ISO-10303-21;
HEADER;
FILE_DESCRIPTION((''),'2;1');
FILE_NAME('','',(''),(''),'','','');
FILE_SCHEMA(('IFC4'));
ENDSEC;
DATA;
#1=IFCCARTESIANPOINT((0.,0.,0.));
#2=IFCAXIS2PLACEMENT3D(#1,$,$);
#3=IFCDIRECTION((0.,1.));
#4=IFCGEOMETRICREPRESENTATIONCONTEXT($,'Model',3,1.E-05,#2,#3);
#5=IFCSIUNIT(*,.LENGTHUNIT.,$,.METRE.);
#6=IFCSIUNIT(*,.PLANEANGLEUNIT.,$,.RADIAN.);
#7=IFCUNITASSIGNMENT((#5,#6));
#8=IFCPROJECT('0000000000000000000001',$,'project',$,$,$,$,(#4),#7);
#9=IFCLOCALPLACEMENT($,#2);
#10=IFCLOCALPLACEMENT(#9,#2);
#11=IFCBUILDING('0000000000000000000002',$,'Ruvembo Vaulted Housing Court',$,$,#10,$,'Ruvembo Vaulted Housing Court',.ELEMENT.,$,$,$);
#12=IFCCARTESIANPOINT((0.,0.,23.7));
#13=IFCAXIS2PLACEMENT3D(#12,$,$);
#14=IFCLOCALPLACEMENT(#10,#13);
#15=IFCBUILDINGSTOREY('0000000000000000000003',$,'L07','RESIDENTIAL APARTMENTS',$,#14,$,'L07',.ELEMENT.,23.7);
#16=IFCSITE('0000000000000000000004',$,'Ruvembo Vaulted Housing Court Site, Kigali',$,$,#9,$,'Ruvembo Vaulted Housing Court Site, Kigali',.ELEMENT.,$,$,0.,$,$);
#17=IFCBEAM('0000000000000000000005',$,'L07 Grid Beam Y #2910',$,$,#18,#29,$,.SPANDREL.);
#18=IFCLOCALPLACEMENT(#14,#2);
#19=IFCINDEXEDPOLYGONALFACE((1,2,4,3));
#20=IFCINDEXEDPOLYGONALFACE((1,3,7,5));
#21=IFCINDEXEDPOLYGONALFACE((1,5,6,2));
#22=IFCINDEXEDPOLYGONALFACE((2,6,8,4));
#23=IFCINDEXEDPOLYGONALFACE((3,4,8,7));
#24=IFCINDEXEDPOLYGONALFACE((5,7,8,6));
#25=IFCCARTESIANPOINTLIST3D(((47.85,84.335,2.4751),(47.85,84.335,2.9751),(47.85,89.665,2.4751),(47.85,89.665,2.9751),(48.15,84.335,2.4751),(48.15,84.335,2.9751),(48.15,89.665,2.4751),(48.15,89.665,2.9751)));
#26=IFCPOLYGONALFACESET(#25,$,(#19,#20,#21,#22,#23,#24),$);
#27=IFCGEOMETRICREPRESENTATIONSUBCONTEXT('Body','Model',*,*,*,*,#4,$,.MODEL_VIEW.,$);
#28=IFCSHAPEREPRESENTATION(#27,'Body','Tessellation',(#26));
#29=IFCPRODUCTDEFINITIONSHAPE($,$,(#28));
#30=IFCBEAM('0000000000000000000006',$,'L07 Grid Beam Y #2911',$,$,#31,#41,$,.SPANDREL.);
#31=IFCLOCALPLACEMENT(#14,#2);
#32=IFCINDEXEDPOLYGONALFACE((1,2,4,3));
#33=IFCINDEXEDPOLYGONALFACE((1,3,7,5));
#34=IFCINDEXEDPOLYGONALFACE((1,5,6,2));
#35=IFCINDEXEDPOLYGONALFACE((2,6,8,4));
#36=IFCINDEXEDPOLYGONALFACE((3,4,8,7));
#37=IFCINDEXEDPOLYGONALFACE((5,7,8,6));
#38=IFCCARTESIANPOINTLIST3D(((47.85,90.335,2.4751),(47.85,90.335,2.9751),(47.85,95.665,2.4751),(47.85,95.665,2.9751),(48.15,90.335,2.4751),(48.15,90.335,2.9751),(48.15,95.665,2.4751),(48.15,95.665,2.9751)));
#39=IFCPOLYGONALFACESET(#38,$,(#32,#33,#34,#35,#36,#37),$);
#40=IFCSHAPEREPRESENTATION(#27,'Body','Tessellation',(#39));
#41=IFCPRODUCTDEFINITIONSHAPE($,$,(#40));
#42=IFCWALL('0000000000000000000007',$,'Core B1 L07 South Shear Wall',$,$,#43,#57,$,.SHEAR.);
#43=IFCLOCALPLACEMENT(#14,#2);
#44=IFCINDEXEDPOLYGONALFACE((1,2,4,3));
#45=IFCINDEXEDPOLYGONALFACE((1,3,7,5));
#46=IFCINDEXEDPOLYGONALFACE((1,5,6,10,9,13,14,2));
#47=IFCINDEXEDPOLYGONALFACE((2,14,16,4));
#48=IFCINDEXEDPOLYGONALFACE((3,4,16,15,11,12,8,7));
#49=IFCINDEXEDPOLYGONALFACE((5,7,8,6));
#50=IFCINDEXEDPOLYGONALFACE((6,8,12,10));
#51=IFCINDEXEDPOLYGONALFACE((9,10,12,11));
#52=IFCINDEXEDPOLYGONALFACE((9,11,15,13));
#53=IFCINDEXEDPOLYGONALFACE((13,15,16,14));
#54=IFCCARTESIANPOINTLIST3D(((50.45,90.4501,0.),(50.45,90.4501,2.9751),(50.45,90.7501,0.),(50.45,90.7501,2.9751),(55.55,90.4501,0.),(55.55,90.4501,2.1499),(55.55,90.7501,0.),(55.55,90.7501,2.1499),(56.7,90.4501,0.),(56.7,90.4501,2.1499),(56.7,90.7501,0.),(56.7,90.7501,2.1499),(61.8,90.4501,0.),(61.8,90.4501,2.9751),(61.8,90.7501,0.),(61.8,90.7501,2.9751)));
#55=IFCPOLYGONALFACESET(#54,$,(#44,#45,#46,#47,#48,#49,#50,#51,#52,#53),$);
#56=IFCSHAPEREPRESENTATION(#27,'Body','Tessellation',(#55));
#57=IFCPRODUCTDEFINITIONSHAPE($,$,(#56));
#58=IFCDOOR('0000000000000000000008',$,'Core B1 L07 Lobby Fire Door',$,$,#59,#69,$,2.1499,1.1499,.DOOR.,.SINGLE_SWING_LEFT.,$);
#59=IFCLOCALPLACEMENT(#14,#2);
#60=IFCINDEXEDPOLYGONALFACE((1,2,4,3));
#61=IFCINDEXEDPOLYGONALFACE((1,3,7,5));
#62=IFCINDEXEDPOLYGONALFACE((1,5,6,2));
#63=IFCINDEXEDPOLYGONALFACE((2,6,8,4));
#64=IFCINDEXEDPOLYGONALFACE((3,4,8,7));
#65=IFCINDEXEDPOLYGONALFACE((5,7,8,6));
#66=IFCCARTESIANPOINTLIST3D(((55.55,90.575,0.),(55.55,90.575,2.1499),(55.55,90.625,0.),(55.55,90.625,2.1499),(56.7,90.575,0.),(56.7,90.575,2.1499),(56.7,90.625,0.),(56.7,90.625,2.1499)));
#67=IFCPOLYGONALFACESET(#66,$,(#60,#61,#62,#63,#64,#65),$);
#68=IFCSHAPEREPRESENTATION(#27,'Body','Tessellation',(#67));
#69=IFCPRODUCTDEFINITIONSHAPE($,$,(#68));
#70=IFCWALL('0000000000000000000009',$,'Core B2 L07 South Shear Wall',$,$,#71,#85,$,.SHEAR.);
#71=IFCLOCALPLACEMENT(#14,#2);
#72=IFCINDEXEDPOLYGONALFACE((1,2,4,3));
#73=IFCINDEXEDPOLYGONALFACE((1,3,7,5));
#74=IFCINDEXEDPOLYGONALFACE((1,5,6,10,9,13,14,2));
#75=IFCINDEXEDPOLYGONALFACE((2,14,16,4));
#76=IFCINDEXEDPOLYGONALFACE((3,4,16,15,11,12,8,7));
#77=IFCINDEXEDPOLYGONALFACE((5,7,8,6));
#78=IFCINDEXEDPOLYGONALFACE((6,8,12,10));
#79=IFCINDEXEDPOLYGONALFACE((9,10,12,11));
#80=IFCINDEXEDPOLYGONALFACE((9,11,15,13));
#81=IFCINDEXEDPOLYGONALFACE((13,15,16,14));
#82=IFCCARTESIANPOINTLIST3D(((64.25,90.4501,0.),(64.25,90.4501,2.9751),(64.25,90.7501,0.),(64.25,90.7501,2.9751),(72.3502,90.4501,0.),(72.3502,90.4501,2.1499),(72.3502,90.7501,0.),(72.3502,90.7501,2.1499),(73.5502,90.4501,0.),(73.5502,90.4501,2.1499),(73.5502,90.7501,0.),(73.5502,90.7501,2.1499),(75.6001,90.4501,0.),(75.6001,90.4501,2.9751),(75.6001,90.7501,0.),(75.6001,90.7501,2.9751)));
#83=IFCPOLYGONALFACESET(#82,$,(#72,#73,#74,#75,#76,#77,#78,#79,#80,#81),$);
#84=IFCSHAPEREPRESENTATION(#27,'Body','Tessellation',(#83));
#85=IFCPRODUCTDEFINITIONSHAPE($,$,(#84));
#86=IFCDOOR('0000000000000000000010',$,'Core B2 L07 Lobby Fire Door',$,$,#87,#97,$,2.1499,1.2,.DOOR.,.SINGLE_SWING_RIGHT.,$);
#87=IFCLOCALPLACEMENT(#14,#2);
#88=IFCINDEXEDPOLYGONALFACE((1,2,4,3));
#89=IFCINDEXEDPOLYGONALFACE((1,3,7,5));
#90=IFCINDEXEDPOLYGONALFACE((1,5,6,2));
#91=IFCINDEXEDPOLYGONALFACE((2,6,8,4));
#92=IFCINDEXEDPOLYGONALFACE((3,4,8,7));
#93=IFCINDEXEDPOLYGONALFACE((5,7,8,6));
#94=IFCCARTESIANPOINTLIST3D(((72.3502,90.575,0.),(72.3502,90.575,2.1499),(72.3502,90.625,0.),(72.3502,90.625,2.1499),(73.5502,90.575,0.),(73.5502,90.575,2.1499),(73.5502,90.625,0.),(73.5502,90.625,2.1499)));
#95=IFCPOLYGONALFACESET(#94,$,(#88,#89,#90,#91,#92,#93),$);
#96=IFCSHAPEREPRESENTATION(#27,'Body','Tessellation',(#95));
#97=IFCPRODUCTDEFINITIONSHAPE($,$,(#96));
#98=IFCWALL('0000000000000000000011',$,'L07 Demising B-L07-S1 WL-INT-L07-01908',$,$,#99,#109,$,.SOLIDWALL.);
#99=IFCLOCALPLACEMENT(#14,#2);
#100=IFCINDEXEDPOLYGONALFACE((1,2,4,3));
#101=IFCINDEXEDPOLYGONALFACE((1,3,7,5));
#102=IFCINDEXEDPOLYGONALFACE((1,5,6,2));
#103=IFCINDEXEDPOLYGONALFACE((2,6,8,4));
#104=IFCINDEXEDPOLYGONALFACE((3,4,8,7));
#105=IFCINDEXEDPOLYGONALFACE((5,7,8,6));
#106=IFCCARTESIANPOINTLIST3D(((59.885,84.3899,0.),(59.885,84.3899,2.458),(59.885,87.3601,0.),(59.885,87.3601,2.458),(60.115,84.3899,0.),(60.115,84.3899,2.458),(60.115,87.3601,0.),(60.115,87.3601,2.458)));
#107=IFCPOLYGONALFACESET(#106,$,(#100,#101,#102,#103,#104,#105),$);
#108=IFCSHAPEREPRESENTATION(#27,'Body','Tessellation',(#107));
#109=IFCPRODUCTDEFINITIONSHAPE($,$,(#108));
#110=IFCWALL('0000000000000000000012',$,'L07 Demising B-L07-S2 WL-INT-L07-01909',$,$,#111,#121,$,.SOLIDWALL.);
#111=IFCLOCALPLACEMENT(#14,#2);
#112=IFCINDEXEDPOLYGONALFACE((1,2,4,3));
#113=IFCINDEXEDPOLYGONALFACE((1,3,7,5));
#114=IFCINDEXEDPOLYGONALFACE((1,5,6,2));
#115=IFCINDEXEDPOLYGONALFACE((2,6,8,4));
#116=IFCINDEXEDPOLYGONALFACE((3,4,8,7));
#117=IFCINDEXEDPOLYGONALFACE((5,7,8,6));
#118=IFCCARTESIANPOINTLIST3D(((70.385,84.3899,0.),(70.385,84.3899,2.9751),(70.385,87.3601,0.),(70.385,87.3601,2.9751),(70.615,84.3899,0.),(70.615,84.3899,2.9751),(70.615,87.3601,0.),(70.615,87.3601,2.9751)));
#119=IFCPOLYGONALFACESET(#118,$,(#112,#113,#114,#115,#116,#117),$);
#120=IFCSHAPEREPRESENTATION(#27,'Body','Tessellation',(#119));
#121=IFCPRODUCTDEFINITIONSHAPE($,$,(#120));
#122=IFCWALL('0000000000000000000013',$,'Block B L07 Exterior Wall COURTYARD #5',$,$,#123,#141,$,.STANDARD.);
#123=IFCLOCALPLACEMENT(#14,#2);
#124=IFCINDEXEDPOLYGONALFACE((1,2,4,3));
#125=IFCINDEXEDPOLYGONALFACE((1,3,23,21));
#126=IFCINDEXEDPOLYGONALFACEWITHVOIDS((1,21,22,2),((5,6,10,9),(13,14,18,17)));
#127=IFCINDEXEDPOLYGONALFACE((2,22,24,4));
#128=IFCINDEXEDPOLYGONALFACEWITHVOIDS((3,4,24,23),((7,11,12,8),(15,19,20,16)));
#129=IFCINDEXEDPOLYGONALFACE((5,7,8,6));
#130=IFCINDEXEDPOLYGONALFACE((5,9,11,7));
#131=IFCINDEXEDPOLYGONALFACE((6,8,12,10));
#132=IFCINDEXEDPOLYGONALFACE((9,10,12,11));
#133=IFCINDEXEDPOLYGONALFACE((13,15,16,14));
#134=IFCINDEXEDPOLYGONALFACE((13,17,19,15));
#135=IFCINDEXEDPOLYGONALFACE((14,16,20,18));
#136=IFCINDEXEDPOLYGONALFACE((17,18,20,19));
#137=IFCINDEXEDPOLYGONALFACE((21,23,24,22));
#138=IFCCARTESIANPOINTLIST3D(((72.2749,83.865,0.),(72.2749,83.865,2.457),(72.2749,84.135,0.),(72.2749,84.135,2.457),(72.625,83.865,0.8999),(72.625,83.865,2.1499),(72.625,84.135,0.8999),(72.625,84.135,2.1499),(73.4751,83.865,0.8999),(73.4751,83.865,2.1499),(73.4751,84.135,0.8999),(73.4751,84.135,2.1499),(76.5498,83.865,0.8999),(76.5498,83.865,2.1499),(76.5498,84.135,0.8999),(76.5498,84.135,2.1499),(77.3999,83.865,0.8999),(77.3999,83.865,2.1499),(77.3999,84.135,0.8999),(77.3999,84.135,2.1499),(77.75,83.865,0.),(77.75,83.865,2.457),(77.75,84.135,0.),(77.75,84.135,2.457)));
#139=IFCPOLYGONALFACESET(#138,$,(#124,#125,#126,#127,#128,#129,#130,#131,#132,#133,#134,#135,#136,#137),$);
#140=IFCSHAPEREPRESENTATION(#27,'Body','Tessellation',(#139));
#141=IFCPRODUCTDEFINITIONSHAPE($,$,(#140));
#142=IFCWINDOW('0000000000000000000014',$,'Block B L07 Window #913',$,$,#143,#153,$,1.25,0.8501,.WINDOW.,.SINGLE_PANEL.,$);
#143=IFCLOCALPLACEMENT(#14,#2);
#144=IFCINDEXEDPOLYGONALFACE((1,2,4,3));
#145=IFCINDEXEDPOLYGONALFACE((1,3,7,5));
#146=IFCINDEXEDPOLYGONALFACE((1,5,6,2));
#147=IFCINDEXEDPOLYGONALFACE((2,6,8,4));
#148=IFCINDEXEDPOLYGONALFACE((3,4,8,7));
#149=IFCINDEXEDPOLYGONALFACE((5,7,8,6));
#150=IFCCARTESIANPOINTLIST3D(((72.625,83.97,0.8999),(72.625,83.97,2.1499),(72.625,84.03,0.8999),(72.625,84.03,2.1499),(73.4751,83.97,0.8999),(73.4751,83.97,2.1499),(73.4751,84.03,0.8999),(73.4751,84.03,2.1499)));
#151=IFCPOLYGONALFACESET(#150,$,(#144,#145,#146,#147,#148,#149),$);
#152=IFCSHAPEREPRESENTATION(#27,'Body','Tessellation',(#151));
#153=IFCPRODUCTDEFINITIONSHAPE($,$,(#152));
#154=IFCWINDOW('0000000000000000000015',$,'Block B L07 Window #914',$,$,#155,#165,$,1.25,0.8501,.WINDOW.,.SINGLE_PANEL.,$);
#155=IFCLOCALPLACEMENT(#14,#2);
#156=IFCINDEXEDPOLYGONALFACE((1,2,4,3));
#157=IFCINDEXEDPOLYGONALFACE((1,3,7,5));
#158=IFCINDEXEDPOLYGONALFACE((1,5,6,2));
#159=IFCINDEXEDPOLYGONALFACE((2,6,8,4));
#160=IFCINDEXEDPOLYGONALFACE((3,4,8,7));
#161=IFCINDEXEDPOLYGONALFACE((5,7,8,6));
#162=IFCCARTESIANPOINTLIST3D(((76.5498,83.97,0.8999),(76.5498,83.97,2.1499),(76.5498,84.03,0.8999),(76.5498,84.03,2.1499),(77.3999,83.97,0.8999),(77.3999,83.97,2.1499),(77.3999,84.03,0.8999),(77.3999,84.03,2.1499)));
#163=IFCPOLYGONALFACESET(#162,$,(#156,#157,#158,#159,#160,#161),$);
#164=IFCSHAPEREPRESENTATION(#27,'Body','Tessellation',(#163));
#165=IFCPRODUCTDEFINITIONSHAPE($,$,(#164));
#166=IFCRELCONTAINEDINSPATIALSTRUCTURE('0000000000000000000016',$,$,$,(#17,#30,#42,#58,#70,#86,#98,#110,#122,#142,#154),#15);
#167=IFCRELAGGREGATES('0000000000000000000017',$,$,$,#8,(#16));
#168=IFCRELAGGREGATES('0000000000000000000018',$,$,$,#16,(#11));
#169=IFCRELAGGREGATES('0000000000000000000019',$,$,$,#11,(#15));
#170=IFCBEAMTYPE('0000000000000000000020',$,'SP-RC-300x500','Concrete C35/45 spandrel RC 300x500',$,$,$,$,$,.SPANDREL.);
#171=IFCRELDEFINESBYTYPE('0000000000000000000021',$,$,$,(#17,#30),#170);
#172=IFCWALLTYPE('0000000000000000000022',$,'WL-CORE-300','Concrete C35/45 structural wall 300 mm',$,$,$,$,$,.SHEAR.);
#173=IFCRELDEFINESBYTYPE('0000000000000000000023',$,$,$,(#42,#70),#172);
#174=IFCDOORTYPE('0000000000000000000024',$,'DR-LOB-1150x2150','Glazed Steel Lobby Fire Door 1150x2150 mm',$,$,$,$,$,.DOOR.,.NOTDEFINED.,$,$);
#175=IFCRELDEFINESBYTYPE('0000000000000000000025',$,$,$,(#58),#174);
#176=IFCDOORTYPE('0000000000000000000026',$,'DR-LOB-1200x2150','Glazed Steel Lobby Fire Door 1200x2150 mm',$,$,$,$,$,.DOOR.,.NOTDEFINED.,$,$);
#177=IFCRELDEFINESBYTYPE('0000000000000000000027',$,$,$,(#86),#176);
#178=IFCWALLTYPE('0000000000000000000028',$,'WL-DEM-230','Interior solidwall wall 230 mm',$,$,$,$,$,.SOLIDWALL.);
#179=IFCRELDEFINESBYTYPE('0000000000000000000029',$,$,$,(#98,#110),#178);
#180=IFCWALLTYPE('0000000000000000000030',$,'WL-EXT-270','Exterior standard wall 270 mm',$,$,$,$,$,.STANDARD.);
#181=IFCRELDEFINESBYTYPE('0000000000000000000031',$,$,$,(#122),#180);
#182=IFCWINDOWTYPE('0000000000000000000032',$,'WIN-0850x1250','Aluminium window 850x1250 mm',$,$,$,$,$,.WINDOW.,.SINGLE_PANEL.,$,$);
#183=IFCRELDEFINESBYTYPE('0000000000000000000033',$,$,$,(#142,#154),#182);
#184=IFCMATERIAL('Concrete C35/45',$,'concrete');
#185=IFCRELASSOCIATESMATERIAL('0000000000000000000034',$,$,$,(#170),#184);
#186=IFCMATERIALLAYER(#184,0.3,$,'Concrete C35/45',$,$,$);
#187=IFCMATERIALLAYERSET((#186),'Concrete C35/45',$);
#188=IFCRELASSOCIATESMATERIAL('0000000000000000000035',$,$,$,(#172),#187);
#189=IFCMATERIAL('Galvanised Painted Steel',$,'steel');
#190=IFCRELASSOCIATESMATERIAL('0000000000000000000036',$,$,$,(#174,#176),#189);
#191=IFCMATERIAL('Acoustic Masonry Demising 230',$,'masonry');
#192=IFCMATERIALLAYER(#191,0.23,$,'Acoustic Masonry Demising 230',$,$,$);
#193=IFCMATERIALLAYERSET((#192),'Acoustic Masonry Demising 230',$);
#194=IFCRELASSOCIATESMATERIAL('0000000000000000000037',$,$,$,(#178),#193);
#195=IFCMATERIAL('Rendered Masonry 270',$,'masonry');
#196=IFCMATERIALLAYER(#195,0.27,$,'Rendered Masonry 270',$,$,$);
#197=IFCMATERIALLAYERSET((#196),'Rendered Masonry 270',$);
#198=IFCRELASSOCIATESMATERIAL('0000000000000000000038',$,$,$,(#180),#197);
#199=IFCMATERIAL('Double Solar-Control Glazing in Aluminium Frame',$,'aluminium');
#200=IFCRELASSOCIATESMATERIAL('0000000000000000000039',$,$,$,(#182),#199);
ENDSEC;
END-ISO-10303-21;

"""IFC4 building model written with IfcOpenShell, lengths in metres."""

from ifc_helpers import new_model, si_unit, direction, frame, frame_2d, origin, origin_2d, place, context, subcontext, project, spatial, rectangle, extrude, material, layer, layer_set, material_profile, profile_set, type_object, element, fill, save


model = new_model("IFC4")

# Units and contexts
model_context = context("Model", 3, precision=1e-05, world=origin(), true_north=direction((0.0, 1.0)))
body_context = subcontext(model_context, "Body", "Model", "MODEL_VIEW")
ifc_project = project(units=[si_unit("LENGTHUNIT", "METRE"), si_unit("PLANEANGLEUNIT", "RADIAN")], contexts=[model_context])

# Site, building, storey
site_placement = place(None, origin())
site = spatial("IfcSite", under=ifc_project, at=site_placement, Name="Ruvembo Vaulted Housing Court Site, Kigali", LongName="Ruvembo Vaulted Housing Court Site, Kigali", CompositionType="ELEMENT", RefElevation=0.0)
building_placement = place(site_placement, origin())
building = spatial("IfcBuilding", under=site, at=building_placement, Name="Ruvembo Vaulted Housing Court", LongName="Ruvembo Vaulted Housing Court", CompositionType="ELEMENT")
storey_placement = place(building_placement, frame((0.0, 0.0, 23.7)))
storey = spatial("IfcBuildingStorey", under=building, at=storey_placement, Name="L07", Description="RESIDENTIAL APARTMENTS", LongName="L07", CompositionType="ELEMENT", Elevation=23.7)

# Shared definitions
ifc_material_1 = material(Name="Concrete C35/45", Category="concrete")

# Beams
ifc_material_profile_1 = material_profile(ifc_material_1, rectangle(XDim=0.3, YDim=0.5, at=origin_2d()), Name="RC 300x500")
ifc_profile_set_1 = profile_set([ifc_material_profile_1], Name="Concrete C35/45")
beam_type_1 = type_object("IfcBeamType", Name="SP-RC-300x500", Description="Concrete C35/45 spandrel RC 300x500", PredefinedType="SPANDREL", material=ifc_profile_set_1)
for number, where, z_axis, x_axis, name in (
    (1, (48.0, 84.335, 2.7251), (0.0, 1.0, 0.0), (-1.0, 0.0, 0.0), "L07 Grid Beam Y #2910"),
    (2, (48.0, 90.335, 2.7251), (0.0, 1.0, 0.0), (-1.0, 0.0, 0.0), "L07 Grid Beam Y #2911"),
):
    element("IfcBeam", number, at=place(storey_placement, frame(where, z_axis=z_axis, x_axis=x_axis)), inside=storey, type_object=beam_type_1, Name=name, PredefinedType="SPANDREL", context=body_context, shape_type="SweptSolid", body=[
        extrude(rectangle(XDim=0.3, YDim=0.5, at=origin_2d()), origin(), (0.0, 0.0, 1.0), 5.3301),
    ])

# Walls, openings, doors
ifc_layer_1 = layer(ifc_material_1, 0.3, Name="Concrete C35/45")
ifc_layer_set_1 = layer_set([ifc_layer_1], Name="Concrete C35/45")
wall_type_1 = type_object("IfcWallType", Name="WL-CORE-300", Description="Concrete C35/45 structural wall 300 mm", PredefinedType="SHEAR", material=ifc_layer_set_1)
wall_1_placement = place(storey_placement, frame((50.45, 90.6001, 0.0), z_axis=(0.0, 0.0, 1.0), x_axis=(1.0, 0.0, 0.0)))
wall_1 = element("IfcWall", 3, at=wall_1_placement, inside=storey, type_object=wall_type_1, Name="Core B1 L07 South Shear Wall", PredefinedType="SHEAR", context=body_context, shape_type="SweptSolid", body=[
    extrude(rectangle(XDim=11.3501, YDim=0.3, at=frame_2d((5.675, 0.0))), origin(), (0.0, 0.0, 1.0), 2.9751),
])
opening_1_placement = place(wall_1_placement, frame((5.1001, 0.0, 0.0)))
opening_1 = element("IfcOpeningElement", 4, at=opening_1_placement, cuts=wall_1, PredefinedType="OPENING", context=body_context, shape_type="SweptSolid", body=[
    extrude(rectangle(XDim=1.1499, YDim=2.1499, at=frame_2d((0.575, 1.075))), frame((0.0, 0.1599, 0.0), z_axis=(0.0, -1.0, 0.0), x_axis=(1.0, 0.0, 0.0)), (0.0, 0.0, 1.0), 0.3201),
])
ifc_material_2 = material(Name="Galvanised Painted Steel", Category="steel")
door_type_1 = type_object("IfcDoorType", Name="DR-LOB-1150x2150", Description="Glazed Steel Lobby Fire Door 1150x2150 mm", OperationType="NOTDEFINED", PredefinedType="DOOR", material=ifc_material_2)
door_1_placement = place(opening_1_placement, origin())
door_1 = element("IfcDoor", 5, at=door_1_placement, inside=storey, type_object=door_type_1, Name="Core B1 L07 Lobby Fire Door", OperationType="SINGLE_SWING_LEFT", OverallHeight=2.1499, OverallWidth=1.1499, PredefinedType="DOOR", context=body_context, shape_type="SweptSolid", body=[
    extrude(rectangle(XDim=1.1499, YDim=2.1499, at=frame_2d((0.575, 1.075))), frame((0.0, 0.0249, 0.0), z_axis=(0.0, -1.0, 0.0), x_axis=(1.0, 0.0, 0.0)), (0.0, 0.0, 1.0), 0.05),
])
fill(opening_1, door_1)
wall_2_placement = place(storey_placement, frame((64.25, 90.6001, 0.0), z_axis=(0.0, 0.0, 1.0), x_axis=(1.0, 0.0, 0.0)))
wall_2 = element("IfcWall", 6, at=wall_2_placement, inside=storey, type_object=wall_type_1, Name="Core B2 L07 South Shear Wall", PredefinedType="SHEAR", context=body_context, shape_type="SweptSolid", body=[
    extrude(rectangle(XDim=11.3501, YDim=0.3, at=frame_2d((5.675, 0.0))), origin(), (0.0, 0.0, 1.0), 2.9751),
])
opening_2_placement = place(wall_2_placement, frame((8.1001, 0.0, 0.0)))
opening_2 = element("IfcOpeningElement", 7, at=opening_2_placement, cuts=wall_2, PredefinedType="OPENING", context=body_context, shape_type="SweptSolid", body=[
    extrude(rectangle(XDim=1.2, YDim=2.1499, at=frame_2d((0.6001, 1.075))), frame((0.0, 0.1599, 0.0), z_axis=(0.0, -1.0, 0.0), x_axis=(1.0, 0.0, 0.0)), (0.0, 0.0, 1.0), 0.3201),
])
door_type_2 = type_object("IfcDoorType", Name="DR-LOB-1200x2150", Description="Glazed Steel Lobby Fire Door 1200x2150 mm", OperationType="NOTDEFINED", PredefinedType="DOOR", material=ifc_material_2)
door_2_placement = place(opening_2_placement, origin())
door_2 = element("IfcDoor", 8, at=door_2_placement, inside=storey, type_object=door_type_2, Name="Core B2 L07 Lobby Fire Door", OperationType="SINGLE_SWING_RIGHT", OverallHeight=2.1499, OverallWidth=1.2, PredefinedType="DOOR", context=body_context, shape_type="SweptSolid", body=[
    extrude(rectangle(XDim=1.2, YDim=2.1499, at=frame_2d((0.6001, 1.075))), frame((0.0, 0.0249, 0.0), z_axis=(0.0, -1.0, 0.0), x_axis=(1.0, 0.0, 0.0)), (0.0, 0.0, 1.0), 0.05),
])
fill(opening_2, door_2)

# Walls
ifc_material_3 = material(Name="Acoustic Masonry Demising 230", Category="masonry")
ifc_layer_2 = layer(ifc_material_3, 0.23, Name="Acoustic Masonry Demising 230")
ifc_layer_set_2 = layer_set([ifc_layer_2], Name="Acoustic Masonry Demising 230")
wall_type_2 = type_object("IfcWallType", Name="WL-DEM-230", Description="Interior solidwall wall 230 mm", PredefinedType="SOLIDWALL", material=ifc_layer_set_2)
wall_3_placement = place(storey_placement, frame((60.0, 84.3899, 0.0), z_axis=(0.0, 0.0, 1.0), x_axis=(0.0, 1.0, 0.0)))
element("IfcWall", 9, at=wall_3_placement, inside=storey, type_object=wall_type_2, Name="L07 Demising B-L07-S1 WL-INT-L07-01908", PredefinedType="SOLIDWALL", context=body_context, shape_type="SweptSolid", body=[
    extrude(rectangle(XDim=2.9702, YDim=0.23, at=frame_2d((1.4851, 0.0))), origin(), (0.0, 0.0, 1.0), 2.458),
])
wall_4_placement = place(storey_placement, frame((70.5, 84.3899, 0.0), z_axis=(0.0, 0.0, 1.0), x_axis=(0.0, 1.0, 0.0)))
element("IfcWall", 10, at=wall_4_placement, inside=storey, type_object=wall_type_2, Name="L07 Demising B-L07-S2 WL-INT-L07-01909", PredefinedType="SOLIDWALL", context=body_context, shape_type="SweptSolid", body=[
    extrude(rectangle(XDim=2.9702, YDim=0.23, at=frame_2d((1.4851, 0.0))), origin(), (0.0, 0.0, 1.0), 2.9751),
])

# Wall, openings, windows
ifc_material_4 = material(Name="Rendered Masonry 270", Category="masonry")
ifc_layer_3 = layer(ifc_material_4, 0.27, Name="Rendered Masonry 270")
ifc_layer_set_3 = layer_set([ifc_layer_3], Name="Rendered Masonry 270")
wall_type_3 = type_object("IfcWallType", Name="WL-EXT-270", Description="Exterior standard wall 270 mm", PredefinedType="STANDARD", material=ifc_layer_set_3)
wall_5_placement = place(storey_placement, frame((72.2749, 84.0, 0.0), z_axis=(0.0, 0.0, 1.0), x_axis=(1.0, 0.0, 0.0)))
wall_5 = element("IfcWall", 11, at=wall_5_placement, inside=storey, type_object=wall_type_3, Name="Block B L07 Exterior Wall COURTYARD #5", PredefinedType="STANDARD", context=body_context, shape_type="SweptSolid", body=[
    extrude(rectangle(XDim=5.4751, YDim=0.27, at=frame_2d((2.7375, 0.0))), origin(), (0.0, 0.0, 1.0), 2.457),
])
opening_3_placement = place(wall_5_placement, frame((0.3501, 0.0, 0.8999)))
opening_3 = element("IfcOpeningElement", 12, at=opening_3_placement, cuts=wall_5, PredefinedType="OPENING", context=body_context, shape_type="SweptSolid", body=[
    extrude(rectangle(XDim=0.8501, YDim=1.25, at=frame_2d((0.425, 0.625))), frame((0.0, 0.145, 0.0), z_axis=(0.0, -1.0, 0.0), x_axis=(1.0, 0.0, 0.0)), (0.0, 0.0, 1.0), 0.29),
])
opening_4_placement = place(wall_5_placement, frame((4.2749, 0.0, 0.8999)))
opening_4 = element("IfcOpeningElement", 13, at=opening_4_placement, cuts=wall_5, PredefinedType="OPENING", context=body_context, shape_type="SweptSolid", body=[
    extrude(rectangle(XDim=0.8501, YDim=1.25, at=frame_2d((0.425, 0.625))), frame((0.0, 0.145, 0.0), z_axis=(0.0, -1.0, 0.0), x_axis=(1.0, 0.0, 0.0)), (0.0, 0.0, 1.0), 0.29),
])
ifc_material_5 = material(Name="Double Solar-Control Glazing in Aluminium Frame", Category="aluminium")
window_type_1 = type_object("IfcWindowType", Name="WIN-0850x1250", Description="Aluminium window 850x1250 mm", PartitioningType="SINGLE_PANEL", PredefinedType="WINDOW", material=ifc_material_5)
window_1_placement = place(opening_3_placement, origin())
window_1 = element("IfcWindow", 14, at=window_1_placement, inside=storey, type_object=window_type_1, Name="Block B L07 Window #913", OverallHeight=1.25, OverallWidth=0.8501, PartitioningType="SINGLE_PANEL", PredefinedType="WINDOW", context=body_context, shape_type="SweptSolid", body=[
    extrude(rectangle(XDim=0.8501, YDim=1.25, at=frame_2d((0.425, 0.625))), frame((0.0, 0.03, 0.0), z_axis=(0.0, -1.0, 0.0), x_axis=(1.0, 0.0, 0.0)), (0.0, 0.0, 1.0), 0.0601),
])
fill(opening_3, window_1)
window_2_placement = place(opening_4_placement, origin())
window_2 = element("IfcWindow", 15, at=window_2_placement, inside=storey, type_object=window_type_1, Name="Block B L07 Window #914", OverallHeight=1.25, OverallWidth=0.8501, PartitioningType="SINGLE_PANEL", PredefinedType="WINDOW", context=body_context, shape_type="SweptSolid", body=[
    extrude(rectangle(XDim=0.8501, YDim=1.25, at=frame_2d((0.425, 0.625))), frame((0.0, 0.03, 0.0), z_axis=(0.0, -1.0, 0.0), x_axis=(1.0, 0.0, 0.0)), (0.0, 0.0, 1.0), 0.0601),
])
fill(opening_4, window_2)

save(model, "model.ifc")
